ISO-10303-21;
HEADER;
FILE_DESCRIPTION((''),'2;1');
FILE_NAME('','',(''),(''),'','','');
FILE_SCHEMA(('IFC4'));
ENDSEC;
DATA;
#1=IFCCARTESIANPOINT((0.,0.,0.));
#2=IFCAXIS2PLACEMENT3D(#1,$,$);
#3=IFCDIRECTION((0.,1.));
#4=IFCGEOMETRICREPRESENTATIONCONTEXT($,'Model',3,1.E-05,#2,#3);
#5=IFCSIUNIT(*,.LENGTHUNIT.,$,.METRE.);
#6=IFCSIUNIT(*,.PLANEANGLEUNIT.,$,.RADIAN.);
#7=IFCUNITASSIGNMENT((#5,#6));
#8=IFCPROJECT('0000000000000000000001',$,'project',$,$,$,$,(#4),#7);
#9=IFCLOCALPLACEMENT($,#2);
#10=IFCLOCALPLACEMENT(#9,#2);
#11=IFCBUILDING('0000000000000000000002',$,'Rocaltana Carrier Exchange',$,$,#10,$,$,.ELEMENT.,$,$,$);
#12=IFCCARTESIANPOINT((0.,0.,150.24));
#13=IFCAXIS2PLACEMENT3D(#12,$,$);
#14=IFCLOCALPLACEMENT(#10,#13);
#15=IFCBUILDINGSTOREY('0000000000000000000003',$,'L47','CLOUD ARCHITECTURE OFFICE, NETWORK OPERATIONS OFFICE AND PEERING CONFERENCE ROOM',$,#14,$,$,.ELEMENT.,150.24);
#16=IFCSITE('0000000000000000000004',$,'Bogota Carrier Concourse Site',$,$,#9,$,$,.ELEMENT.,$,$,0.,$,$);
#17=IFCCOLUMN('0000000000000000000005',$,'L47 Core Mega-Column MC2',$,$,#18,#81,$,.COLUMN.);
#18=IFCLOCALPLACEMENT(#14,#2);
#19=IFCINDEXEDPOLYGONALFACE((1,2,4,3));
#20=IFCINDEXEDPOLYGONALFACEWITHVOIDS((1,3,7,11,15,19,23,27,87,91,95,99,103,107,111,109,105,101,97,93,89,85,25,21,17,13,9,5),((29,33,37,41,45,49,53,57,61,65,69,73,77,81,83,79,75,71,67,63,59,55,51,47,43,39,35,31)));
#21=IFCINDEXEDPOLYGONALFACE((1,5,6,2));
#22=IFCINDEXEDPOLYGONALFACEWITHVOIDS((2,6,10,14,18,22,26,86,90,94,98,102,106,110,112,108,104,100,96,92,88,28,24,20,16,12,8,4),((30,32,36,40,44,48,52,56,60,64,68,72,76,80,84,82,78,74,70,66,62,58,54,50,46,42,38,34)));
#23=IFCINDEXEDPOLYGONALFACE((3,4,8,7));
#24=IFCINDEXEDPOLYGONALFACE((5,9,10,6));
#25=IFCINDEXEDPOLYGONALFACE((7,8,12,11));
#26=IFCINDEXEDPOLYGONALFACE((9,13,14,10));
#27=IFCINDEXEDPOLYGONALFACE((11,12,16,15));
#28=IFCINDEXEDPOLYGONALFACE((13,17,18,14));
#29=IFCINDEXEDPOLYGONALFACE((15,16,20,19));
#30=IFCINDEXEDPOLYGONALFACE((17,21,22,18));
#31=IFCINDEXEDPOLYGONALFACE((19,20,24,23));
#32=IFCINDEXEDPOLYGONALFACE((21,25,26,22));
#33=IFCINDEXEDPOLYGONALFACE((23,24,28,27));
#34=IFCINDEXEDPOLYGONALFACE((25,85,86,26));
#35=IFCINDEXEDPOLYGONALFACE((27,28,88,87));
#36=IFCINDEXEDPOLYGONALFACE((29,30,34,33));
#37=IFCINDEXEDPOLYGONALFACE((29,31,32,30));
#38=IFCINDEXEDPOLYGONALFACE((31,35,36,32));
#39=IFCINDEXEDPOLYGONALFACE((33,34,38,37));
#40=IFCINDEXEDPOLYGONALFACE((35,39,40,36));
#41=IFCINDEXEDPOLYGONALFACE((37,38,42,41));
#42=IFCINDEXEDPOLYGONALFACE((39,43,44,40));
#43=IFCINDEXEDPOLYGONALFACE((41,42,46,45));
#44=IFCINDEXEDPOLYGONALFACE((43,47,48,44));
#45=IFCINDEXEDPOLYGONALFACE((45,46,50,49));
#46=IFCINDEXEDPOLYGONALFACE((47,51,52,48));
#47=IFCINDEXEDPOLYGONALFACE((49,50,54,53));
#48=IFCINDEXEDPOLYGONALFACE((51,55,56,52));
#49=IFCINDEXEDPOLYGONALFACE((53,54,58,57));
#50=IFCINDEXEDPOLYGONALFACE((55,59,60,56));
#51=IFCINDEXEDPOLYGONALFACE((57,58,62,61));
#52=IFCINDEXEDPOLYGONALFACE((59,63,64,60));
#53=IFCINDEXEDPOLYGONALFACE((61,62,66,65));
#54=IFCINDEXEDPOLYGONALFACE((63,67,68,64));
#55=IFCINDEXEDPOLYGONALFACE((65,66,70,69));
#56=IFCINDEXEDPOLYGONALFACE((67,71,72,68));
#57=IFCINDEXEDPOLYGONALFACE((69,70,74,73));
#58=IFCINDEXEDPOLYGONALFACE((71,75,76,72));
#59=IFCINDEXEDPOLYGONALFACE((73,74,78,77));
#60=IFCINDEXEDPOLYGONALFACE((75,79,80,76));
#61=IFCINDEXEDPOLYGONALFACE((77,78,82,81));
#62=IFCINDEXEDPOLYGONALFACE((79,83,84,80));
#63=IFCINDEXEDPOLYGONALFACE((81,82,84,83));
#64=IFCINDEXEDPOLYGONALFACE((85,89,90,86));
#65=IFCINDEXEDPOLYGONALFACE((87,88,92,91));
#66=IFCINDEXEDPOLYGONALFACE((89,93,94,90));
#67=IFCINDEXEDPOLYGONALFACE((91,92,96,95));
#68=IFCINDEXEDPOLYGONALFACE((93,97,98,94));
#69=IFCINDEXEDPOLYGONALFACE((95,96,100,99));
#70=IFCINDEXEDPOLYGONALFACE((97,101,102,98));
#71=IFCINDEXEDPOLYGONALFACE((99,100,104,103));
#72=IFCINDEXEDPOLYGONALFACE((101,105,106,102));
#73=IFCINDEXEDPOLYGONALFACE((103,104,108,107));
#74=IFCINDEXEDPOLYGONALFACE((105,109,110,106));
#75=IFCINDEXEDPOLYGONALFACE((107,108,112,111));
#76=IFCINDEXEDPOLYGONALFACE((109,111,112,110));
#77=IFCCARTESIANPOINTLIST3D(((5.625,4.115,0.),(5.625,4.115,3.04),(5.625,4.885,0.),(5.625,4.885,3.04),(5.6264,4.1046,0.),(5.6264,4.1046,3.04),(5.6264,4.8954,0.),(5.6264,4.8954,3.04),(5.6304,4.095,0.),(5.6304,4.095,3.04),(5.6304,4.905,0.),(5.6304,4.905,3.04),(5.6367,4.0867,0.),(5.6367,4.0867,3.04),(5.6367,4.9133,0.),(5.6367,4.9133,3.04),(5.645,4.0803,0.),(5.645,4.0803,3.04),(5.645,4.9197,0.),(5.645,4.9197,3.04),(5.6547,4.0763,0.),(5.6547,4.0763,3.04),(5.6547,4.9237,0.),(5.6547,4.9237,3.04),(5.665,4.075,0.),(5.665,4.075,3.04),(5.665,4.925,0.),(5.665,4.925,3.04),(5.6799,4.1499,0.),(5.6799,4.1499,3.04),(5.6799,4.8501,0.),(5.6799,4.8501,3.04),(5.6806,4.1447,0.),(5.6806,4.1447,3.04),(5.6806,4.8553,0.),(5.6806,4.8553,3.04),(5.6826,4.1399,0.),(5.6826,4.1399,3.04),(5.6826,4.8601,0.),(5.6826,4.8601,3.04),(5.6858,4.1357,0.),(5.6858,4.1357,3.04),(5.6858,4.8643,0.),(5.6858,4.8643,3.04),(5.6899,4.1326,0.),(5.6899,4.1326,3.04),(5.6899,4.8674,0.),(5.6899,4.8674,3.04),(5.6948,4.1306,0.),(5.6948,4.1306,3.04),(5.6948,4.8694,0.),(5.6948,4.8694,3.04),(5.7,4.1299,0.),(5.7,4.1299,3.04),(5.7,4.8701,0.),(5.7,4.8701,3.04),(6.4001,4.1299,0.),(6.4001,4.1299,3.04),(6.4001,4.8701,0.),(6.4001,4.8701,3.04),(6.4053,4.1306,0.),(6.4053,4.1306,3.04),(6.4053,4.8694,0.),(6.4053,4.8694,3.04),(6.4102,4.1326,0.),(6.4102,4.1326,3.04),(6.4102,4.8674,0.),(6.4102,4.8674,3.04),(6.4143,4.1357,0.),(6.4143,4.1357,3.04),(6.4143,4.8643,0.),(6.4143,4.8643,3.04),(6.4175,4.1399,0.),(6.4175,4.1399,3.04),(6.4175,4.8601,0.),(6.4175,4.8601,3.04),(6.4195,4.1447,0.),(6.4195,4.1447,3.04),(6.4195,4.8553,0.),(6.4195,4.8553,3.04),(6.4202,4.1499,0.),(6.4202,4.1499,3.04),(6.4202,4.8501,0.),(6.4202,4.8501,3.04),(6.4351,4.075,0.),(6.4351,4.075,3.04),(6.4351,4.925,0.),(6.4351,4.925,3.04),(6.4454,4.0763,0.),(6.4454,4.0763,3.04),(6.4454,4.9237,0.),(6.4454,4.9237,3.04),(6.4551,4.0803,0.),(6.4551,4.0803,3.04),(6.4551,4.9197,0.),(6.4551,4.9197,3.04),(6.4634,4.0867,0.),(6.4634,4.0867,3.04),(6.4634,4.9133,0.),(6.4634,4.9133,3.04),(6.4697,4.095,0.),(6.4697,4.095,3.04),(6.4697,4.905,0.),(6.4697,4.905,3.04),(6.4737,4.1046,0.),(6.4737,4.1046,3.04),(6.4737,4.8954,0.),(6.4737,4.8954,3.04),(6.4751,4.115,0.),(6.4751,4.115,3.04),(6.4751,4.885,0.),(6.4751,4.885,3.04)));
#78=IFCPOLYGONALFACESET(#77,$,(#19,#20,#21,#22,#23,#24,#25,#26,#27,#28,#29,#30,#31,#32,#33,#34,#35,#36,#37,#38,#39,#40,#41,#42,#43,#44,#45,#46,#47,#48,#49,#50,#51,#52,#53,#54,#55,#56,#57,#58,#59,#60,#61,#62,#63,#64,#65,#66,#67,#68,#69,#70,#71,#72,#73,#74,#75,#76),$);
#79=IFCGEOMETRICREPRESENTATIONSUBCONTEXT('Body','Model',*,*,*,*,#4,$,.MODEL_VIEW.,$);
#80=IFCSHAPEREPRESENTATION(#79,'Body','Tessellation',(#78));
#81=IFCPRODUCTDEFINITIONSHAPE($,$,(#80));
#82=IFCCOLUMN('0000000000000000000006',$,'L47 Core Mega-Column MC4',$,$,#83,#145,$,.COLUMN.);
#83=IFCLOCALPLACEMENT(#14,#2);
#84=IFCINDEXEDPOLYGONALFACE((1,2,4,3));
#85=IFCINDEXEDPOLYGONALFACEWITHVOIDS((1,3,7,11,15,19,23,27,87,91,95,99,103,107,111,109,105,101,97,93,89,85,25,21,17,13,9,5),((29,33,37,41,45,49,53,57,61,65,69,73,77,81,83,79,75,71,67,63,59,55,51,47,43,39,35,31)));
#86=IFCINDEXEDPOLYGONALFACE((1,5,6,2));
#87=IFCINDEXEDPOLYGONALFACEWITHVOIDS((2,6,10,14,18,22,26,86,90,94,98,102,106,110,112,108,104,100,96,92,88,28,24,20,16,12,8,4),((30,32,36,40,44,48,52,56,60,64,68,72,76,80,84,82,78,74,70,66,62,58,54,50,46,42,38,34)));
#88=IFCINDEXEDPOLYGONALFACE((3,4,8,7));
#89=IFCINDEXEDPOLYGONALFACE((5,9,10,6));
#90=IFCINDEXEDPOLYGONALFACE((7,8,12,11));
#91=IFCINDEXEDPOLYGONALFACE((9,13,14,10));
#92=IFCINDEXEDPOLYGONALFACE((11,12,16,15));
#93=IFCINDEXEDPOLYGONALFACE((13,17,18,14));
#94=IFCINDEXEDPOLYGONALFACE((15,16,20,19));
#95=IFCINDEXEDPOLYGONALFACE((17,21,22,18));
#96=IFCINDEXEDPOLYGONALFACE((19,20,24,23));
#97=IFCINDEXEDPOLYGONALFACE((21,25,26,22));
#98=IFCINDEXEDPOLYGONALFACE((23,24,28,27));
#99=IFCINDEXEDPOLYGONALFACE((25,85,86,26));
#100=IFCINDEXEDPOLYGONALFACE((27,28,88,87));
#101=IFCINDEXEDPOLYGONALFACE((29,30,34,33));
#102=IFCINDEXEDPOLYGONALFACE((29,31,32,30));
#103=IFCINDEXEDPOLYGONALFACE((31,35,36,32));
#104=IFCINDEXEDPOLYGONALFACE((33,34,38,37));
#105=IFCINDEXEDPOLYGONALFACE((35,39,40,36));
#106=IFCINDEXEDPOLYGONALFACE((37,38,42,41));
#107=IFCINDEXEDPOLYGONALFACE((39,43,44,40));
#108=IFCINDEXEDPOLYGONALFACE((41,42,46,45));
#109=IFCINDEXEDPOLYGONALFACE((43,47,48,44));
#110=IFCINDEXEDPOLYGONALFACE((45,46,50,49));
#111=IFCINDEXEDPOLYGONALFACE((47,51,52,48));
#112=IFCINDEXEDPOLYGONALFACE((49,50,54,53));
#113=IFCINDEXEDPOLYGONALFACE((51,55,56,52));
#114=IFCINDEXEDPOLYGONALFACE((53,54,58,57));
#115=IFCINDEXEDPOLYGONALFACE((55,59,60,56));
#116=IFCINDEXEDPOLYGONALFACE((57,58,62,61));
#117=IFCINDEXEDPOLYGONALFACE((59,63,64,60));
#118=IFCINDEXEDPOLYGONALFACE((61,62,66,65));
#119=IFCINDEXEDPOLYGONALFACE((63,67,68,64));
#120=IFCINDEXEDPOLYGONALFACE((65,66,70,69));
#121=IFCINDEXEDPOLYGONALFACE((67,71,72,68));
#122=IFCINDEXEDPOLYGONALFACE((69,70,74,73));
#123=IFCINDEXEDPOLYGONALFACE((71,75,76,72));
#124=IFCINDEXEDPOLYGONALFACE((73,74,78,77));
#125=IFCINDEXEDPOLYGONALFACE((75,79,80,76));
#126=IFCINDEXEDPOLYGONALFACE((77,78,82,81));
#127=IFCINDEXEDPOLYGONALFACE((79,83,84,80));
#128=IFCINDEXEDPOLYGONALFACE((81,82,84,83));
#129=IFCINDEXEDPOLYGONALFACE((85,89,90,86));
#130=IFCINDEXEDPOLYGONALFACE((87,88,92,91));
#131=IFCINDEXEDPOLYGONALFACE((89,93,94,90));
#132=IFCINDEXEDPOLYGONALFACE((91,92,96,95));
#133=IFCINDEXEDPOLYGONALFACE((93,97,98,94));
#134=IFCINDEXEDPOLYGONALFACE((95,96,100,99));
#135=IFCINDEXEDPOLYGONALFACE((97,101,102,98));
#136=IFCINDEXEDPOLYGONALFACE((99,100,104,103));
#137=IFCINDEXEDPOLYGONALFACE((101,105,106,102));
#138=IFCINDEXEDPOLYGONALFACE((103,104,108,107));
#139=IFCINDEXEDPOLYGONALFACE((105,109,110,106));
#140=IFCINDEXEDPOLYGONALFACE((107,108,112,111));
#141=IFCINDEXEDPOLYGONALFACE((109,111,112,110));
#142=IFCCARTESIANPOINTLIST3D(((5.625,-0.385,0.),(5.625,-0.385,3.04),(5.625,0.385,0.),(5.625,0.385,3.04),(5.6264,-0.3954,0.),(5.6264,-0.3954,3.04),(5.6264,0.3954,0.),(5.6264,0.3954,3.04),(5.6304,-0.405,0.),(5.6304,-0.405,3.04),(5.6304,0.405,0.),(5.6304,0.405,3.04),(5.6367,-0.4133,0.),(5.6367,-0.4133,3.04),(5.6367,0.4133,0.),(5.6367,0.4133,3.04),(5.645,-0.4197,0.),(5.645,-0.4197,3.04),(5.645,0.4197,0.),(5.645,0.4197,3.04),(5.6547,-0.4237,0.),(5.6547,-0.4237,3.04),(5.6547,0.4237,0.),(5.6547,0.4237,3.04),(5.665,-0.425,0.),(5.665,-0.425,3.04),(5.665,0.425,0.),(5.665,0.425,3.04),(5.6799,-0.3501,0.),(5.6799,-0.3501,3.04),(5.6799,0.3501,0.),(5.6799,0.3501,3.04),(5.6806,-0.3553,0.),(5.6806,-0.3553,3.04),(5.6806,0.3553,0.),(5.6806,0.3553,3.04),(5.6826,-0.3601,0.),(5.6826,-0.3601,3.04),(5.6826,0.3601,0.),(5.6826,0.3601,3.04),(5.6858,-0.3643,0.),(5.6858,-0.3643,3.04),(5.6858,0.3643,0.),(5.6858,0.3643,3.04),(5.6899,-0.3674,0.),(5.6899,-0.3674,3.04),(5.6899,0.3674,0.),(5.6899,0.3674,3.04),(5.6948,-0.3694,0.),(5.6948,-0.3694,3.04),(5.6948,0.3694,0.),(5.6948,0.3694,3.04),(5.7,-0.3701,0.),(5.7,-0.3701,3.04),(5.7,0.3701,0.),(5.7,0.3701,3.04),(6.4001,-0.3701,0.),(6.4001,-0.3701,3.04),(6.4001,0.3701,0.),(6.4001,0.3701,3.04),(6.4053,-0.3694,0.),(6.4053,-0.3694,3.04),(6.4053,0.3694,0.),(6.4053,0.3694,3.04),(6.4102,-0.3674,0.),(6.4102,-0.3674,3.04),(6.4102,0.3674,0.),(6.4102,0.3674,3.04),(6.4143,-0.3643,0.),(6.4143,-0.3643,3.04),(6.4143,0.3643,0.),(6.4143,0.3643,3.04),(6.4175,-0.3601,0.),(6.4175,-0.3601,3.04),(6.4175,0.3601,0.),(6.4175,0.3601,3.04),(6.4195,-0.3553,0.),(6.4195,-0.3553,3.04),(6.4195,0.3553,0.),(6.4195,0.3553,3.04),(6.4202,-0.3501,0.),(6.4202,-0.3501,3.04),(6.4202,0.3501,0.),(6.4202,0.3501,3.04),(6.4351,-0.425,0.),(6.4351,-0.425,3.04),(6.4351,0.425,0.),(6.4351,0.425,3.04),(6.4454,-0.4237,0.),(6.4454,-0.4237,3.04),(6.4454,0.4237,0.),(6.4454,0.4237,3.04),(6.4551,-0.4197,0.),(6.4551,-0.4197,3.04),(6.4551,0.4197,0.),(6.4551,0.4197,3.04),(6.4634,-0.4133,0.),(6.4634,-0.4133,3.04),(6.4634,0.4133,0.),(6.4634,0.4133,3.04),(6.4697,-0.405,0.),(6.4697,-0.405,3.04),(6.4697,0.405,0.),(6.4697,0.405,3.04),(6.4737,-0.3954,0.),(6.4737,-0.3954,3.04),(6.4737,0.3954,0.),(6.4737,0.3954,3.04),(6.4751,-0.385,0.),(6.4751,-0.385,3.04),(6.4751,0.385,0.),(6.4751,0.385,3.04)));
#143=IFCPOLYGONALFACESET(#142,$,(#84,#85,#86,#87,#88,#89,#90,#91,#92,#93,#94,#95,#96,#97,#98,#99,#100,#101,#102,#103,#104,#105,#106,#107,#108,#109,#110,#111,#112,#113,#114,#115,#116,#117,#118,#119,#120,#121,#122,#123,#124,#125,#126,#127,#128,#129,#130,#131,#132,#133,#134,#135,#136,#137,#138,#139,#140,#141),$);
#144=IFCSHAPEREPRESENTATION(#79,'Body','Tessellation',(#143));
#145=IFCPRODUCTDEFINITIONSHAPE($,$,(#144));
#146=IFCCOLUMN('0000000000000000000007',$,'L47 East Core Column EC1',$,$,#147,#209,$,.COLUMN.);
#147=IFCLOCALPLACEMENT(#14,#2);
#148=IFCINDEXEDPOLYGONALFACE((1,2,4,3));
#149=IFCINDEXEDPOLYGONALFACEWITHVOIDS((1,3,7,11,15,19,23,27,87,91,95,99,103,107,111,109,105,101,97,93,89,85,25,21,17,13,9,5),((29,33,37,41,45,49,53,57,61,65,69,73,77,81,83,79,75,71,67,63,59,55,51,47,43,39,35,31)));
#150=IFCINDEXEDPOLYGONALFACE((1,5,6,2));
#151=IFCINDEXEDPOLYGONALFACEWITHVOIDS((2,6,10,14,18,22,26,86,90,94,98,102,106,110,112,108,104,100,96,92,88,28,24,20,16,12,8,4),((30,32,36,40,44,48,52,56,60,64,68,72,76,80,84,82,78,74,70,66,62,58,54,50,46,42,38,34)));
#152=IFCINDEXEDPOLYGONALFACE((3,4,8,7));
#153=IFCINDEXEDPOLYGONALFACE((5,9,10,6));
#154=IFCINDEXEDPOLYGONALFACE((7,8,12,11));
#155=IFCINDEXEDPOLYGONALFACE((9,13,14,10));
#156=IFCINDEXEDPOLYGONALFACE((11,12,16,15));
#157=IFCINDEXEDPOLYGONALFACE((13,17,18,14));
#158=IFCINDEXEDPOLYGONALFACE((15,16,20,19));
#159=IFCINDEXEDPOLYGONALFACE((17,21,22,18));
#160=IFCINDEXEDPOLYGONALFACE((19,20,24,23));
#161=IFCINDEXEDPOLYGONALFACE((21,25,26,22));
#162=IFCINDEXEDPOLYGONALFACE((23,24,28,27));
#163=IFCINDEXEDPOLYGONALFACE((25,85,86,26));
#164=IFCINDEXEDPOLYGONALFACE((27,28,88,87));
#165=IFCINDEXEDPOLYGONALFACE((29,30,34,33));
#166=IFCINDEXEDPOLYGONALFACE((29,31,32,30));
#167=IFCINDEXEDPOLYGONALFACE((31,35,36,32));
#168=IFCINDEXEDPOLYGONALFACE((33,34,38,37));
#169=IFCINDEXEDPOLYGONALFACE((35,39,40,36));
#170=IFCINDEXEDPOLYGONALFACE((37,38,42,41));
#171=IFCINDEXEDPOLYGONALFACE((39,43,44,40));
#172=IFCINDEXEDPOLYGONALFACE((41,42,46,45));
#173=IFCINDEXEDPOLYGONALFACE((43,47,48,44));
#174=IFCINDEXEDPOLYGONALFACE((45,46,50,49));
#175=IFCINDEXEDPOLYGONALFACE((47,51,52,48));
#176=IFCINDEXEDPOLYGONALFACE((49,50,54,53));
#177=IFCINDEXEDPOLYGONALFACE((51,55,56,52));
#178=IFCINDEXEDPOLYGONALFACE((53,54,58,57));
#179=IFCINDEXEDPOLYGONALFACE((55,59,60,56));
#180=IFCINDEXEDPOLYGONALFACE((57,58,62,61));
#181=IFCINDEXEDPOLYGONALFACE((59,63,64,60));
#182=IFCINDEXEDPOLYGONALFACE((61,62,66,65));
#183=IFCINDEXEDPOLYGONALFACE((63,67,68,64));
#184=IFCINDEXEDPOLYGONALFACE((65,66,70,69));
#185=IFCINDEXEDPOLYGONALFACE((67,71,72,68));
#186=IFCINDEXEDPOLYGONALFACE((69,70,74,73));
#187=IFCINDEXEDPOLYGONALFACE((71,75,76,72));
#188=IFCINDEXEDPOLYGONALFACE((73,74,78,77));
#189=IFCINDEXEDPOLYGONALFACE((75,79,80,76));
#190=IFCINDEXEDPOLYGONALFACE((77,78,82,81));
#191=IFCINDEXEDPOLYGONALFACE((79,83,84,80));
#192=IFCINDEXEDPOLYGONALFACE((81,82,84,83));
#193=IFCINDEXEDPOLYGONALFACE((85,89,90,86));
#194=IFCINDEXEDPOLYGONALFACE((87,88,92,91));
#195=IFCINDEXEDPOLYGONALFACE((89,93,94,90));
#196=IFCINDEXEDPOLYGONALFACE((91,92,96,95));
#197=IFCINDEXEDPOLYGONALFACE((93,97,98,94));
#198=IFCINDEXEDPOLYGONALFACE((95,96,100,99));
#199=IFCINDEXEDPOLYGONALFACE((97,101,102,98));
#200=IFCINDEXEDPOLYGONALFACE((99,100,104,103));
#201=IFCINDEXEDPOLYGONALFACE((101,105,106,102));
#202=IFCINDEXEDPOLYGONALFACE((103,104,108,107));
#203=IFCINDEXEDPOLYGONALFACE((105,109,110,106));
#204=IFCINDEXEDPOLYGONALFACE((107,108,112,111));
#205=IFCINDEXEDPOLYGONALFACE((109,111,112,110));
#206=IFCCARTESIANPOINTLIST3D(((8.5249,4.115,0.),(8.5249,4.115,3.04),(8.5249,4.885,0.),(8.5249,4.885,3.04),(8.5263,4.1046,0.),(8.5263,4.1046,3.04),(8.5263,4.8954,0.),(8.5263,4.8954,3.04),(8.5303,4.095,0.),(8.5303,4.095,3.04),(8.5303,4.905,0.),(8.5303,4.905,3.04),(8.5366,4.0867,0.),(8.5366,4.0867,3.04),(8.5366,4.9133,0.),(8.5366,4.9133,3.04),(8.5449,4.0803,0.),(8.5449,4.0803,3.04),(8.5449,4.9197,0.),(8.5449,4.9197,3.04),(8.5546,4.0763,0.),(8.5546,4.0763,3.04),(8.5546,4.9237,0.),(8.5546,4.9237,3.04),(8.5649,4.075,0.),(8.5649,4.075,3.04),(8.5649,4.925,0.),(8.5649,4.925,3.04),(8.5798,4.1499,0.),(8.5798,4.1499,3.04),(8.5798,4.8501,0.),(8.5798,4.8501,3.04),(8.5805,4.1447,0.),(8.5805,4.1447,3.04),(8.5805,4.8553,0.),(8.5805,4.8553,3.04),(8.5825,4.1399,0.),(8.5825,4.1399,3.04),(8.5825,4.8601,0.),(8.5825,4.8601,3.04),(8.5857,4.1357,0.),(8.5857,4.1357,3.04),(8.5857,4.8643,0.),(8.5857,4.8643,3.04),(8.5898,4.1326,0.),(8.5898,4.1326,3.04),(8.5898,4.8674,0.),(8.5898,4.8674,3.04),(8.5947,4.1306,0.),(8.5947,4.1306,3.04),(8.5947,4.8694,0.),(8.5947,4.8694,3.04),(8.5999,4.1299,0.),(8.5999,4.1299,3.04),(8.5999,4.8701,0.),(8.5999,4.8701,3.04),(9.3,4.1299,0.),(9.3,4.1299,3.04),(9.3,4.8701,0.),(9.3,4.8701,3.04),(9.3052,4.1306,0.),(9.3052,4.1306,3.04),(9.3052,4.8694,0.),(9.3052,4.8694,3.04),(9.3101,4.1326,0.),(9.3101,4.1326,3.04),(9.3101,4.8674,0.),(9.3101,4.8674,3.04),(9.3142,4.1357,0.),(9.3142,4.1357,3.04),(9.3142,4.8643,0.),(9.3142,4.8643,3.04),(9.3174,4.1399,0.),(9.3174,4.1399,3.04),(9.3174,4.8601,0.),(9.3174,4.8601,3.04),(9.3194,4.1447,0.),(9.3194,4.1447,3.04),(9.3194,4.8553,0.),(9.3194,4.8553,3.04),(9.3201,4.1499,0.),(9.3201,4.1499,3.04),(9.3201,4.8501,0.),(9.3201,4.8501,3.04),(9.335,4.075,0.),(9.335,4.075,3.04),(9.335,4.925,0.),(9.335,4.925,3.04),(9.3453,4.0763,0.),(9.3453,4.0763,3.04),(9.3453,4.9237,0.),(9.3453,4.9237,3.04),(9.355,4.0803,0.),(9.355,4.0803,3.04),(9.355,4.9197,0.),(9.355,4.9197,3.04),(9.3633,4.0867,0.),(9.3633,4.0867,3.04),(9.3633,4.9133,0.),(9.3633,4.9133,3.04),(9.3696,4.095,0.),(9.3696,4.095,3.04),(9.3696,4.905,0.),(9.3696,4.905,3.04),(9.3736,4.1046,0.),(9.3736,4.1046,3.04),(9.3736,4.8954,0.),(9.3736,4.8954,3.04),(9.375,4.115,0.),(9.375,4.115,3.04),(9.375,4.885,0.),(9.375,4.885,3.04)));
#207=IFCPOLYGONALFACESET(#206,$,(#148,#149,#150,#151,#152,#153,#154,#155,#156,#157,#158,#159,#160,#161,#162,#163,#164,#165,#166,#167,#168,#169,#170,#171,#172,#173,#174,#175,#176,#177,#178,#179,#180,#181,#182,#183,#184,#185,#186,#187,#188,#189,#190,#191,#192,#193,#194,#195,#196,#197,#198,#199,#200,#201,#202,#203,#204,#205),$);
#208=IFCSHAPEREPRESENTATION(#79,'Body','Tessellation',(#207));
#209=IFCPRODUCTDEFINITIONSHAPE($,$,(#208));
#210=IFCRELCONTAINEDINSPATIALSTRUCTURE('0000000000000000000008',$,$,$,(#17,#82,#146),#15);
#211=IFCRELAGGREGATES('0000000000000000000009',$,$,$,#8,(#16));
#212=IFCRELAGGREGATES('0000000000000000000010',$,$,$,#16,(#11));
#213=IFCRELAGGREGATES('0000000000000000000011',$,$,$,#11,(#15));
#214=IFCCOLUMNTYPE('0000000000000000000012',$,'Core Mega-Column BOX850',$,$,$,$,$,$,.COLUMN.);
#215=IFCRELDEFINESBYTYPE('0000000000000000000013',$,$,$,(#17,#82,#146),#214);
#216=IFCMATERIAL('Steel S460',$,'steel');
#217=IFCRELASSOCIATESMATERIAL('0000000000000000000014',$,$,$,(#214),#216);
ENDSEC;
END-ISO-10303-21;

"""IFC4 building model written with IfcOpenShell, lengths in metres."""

from ifc_helpers import new_model, si_unit, direction, frame, origin, origin_2d, place, context, subcontext, project, spatial, hollow_rectangle, extrude, material, material_profile, profile_set, type_object, element, save


model = new_model("IFC4")

# Units and contexts
model_context = context("Model", 3, precision=1e-05, world=origin(), true_north=direction((0.0, 1.0)))
body_context = subcontext(model_context, "Body", "Model", "MODEL_VIEW")
ifc_project = project(units=[si_unit("LENGTHUNIT", "METRE"), si_unit("PLANEANGLEUNIT", "RADIAN")], contexts=[model_context])

# Site, building, storey
site_placement = place(None, origin())
site = spatial("IfcSite", under=ifc_project, at=site_placement, Name="Bogota Carrier Concourse Site", CompositionType="ELEMENT", RefElevation=0.0)
building_placement = place(site_placement, origin())
building = spatial("IfcBuilding", under=site, at=building_placement, Name="Rocaltana Carrier Exchange", CompositionType="ELEMENT")
storey_placement = place(building_placement, frame((0.0, 0.0, 150.24)))
storey = spatial("IfcBuildingStorey", under=building, at=storey_placement, Name="L47", Description="CLOUD ARCHITECTURE OFFICE, NETWORK OPERATIONS OFFICE AND PEERING CONFERENCE ROOM", CompositionType="ELEMENT", Elevation=150.24)

# Columns
ifc_material_1 = material(Name="Steel S460", Category="steel")
ifc_material_profile_1 = material_profile(ifc_material_1, hollow_rectangle(XDim=0.8501, YDim=0.8501, WallThickness=0.0549, InnerFilletRadius=0.02, OuterFilletRadius=0.04, at=origin_2d()), Name="BOX850X850X55")
ifc_profile_set_1 = profile_set([ifc_material_profile_1], Name="Steel S460")
column_type = type_object("IfcColumnType", Name="Core Mega-Column BOX850", PredefinedType="COLUMN", material=ifc_profile_set_1)
for number, where, z_axis, x_axis, name in (
    (1, (6.05, 4.5, 0.0), (0.0, 0.0, 1.0), (1.0, 0.0, 0.0), "L47 Core Mega-Column MC2"),
    (2, (6.05, 0.0, 0.0), (0.0, 0.0, 1.0), (1.0, 0.0, 0.0), "L47 Core Mega-Column MC4"),
    (3, (8.95, 4.5, 0.0), (0.0, 0.0, 1.0), (1.0, 0.0, 0.0), "L47 East Core Column EC1"),
):
    element("IfcColumn", number, at=place(storey_placement, frame(where, z_axis=z_axis, x_axis=x_axis)), inside=storey, type_object=column_type, Name=name, PredefinedType="COLUMN", context=body_context, shape_type="SweptSolid", body=[
        extrude(hollow_rectangle(XDim=0.8501, YDim=0.8501, WallThickness=0.0549, InnerFilletRadius=0.02, OuterFilletRadius=0.04, at=origin_2d()), origin(), (0.0, 0.0, 1.0), 3.04),
    ])

save(model, "model.ifc")
